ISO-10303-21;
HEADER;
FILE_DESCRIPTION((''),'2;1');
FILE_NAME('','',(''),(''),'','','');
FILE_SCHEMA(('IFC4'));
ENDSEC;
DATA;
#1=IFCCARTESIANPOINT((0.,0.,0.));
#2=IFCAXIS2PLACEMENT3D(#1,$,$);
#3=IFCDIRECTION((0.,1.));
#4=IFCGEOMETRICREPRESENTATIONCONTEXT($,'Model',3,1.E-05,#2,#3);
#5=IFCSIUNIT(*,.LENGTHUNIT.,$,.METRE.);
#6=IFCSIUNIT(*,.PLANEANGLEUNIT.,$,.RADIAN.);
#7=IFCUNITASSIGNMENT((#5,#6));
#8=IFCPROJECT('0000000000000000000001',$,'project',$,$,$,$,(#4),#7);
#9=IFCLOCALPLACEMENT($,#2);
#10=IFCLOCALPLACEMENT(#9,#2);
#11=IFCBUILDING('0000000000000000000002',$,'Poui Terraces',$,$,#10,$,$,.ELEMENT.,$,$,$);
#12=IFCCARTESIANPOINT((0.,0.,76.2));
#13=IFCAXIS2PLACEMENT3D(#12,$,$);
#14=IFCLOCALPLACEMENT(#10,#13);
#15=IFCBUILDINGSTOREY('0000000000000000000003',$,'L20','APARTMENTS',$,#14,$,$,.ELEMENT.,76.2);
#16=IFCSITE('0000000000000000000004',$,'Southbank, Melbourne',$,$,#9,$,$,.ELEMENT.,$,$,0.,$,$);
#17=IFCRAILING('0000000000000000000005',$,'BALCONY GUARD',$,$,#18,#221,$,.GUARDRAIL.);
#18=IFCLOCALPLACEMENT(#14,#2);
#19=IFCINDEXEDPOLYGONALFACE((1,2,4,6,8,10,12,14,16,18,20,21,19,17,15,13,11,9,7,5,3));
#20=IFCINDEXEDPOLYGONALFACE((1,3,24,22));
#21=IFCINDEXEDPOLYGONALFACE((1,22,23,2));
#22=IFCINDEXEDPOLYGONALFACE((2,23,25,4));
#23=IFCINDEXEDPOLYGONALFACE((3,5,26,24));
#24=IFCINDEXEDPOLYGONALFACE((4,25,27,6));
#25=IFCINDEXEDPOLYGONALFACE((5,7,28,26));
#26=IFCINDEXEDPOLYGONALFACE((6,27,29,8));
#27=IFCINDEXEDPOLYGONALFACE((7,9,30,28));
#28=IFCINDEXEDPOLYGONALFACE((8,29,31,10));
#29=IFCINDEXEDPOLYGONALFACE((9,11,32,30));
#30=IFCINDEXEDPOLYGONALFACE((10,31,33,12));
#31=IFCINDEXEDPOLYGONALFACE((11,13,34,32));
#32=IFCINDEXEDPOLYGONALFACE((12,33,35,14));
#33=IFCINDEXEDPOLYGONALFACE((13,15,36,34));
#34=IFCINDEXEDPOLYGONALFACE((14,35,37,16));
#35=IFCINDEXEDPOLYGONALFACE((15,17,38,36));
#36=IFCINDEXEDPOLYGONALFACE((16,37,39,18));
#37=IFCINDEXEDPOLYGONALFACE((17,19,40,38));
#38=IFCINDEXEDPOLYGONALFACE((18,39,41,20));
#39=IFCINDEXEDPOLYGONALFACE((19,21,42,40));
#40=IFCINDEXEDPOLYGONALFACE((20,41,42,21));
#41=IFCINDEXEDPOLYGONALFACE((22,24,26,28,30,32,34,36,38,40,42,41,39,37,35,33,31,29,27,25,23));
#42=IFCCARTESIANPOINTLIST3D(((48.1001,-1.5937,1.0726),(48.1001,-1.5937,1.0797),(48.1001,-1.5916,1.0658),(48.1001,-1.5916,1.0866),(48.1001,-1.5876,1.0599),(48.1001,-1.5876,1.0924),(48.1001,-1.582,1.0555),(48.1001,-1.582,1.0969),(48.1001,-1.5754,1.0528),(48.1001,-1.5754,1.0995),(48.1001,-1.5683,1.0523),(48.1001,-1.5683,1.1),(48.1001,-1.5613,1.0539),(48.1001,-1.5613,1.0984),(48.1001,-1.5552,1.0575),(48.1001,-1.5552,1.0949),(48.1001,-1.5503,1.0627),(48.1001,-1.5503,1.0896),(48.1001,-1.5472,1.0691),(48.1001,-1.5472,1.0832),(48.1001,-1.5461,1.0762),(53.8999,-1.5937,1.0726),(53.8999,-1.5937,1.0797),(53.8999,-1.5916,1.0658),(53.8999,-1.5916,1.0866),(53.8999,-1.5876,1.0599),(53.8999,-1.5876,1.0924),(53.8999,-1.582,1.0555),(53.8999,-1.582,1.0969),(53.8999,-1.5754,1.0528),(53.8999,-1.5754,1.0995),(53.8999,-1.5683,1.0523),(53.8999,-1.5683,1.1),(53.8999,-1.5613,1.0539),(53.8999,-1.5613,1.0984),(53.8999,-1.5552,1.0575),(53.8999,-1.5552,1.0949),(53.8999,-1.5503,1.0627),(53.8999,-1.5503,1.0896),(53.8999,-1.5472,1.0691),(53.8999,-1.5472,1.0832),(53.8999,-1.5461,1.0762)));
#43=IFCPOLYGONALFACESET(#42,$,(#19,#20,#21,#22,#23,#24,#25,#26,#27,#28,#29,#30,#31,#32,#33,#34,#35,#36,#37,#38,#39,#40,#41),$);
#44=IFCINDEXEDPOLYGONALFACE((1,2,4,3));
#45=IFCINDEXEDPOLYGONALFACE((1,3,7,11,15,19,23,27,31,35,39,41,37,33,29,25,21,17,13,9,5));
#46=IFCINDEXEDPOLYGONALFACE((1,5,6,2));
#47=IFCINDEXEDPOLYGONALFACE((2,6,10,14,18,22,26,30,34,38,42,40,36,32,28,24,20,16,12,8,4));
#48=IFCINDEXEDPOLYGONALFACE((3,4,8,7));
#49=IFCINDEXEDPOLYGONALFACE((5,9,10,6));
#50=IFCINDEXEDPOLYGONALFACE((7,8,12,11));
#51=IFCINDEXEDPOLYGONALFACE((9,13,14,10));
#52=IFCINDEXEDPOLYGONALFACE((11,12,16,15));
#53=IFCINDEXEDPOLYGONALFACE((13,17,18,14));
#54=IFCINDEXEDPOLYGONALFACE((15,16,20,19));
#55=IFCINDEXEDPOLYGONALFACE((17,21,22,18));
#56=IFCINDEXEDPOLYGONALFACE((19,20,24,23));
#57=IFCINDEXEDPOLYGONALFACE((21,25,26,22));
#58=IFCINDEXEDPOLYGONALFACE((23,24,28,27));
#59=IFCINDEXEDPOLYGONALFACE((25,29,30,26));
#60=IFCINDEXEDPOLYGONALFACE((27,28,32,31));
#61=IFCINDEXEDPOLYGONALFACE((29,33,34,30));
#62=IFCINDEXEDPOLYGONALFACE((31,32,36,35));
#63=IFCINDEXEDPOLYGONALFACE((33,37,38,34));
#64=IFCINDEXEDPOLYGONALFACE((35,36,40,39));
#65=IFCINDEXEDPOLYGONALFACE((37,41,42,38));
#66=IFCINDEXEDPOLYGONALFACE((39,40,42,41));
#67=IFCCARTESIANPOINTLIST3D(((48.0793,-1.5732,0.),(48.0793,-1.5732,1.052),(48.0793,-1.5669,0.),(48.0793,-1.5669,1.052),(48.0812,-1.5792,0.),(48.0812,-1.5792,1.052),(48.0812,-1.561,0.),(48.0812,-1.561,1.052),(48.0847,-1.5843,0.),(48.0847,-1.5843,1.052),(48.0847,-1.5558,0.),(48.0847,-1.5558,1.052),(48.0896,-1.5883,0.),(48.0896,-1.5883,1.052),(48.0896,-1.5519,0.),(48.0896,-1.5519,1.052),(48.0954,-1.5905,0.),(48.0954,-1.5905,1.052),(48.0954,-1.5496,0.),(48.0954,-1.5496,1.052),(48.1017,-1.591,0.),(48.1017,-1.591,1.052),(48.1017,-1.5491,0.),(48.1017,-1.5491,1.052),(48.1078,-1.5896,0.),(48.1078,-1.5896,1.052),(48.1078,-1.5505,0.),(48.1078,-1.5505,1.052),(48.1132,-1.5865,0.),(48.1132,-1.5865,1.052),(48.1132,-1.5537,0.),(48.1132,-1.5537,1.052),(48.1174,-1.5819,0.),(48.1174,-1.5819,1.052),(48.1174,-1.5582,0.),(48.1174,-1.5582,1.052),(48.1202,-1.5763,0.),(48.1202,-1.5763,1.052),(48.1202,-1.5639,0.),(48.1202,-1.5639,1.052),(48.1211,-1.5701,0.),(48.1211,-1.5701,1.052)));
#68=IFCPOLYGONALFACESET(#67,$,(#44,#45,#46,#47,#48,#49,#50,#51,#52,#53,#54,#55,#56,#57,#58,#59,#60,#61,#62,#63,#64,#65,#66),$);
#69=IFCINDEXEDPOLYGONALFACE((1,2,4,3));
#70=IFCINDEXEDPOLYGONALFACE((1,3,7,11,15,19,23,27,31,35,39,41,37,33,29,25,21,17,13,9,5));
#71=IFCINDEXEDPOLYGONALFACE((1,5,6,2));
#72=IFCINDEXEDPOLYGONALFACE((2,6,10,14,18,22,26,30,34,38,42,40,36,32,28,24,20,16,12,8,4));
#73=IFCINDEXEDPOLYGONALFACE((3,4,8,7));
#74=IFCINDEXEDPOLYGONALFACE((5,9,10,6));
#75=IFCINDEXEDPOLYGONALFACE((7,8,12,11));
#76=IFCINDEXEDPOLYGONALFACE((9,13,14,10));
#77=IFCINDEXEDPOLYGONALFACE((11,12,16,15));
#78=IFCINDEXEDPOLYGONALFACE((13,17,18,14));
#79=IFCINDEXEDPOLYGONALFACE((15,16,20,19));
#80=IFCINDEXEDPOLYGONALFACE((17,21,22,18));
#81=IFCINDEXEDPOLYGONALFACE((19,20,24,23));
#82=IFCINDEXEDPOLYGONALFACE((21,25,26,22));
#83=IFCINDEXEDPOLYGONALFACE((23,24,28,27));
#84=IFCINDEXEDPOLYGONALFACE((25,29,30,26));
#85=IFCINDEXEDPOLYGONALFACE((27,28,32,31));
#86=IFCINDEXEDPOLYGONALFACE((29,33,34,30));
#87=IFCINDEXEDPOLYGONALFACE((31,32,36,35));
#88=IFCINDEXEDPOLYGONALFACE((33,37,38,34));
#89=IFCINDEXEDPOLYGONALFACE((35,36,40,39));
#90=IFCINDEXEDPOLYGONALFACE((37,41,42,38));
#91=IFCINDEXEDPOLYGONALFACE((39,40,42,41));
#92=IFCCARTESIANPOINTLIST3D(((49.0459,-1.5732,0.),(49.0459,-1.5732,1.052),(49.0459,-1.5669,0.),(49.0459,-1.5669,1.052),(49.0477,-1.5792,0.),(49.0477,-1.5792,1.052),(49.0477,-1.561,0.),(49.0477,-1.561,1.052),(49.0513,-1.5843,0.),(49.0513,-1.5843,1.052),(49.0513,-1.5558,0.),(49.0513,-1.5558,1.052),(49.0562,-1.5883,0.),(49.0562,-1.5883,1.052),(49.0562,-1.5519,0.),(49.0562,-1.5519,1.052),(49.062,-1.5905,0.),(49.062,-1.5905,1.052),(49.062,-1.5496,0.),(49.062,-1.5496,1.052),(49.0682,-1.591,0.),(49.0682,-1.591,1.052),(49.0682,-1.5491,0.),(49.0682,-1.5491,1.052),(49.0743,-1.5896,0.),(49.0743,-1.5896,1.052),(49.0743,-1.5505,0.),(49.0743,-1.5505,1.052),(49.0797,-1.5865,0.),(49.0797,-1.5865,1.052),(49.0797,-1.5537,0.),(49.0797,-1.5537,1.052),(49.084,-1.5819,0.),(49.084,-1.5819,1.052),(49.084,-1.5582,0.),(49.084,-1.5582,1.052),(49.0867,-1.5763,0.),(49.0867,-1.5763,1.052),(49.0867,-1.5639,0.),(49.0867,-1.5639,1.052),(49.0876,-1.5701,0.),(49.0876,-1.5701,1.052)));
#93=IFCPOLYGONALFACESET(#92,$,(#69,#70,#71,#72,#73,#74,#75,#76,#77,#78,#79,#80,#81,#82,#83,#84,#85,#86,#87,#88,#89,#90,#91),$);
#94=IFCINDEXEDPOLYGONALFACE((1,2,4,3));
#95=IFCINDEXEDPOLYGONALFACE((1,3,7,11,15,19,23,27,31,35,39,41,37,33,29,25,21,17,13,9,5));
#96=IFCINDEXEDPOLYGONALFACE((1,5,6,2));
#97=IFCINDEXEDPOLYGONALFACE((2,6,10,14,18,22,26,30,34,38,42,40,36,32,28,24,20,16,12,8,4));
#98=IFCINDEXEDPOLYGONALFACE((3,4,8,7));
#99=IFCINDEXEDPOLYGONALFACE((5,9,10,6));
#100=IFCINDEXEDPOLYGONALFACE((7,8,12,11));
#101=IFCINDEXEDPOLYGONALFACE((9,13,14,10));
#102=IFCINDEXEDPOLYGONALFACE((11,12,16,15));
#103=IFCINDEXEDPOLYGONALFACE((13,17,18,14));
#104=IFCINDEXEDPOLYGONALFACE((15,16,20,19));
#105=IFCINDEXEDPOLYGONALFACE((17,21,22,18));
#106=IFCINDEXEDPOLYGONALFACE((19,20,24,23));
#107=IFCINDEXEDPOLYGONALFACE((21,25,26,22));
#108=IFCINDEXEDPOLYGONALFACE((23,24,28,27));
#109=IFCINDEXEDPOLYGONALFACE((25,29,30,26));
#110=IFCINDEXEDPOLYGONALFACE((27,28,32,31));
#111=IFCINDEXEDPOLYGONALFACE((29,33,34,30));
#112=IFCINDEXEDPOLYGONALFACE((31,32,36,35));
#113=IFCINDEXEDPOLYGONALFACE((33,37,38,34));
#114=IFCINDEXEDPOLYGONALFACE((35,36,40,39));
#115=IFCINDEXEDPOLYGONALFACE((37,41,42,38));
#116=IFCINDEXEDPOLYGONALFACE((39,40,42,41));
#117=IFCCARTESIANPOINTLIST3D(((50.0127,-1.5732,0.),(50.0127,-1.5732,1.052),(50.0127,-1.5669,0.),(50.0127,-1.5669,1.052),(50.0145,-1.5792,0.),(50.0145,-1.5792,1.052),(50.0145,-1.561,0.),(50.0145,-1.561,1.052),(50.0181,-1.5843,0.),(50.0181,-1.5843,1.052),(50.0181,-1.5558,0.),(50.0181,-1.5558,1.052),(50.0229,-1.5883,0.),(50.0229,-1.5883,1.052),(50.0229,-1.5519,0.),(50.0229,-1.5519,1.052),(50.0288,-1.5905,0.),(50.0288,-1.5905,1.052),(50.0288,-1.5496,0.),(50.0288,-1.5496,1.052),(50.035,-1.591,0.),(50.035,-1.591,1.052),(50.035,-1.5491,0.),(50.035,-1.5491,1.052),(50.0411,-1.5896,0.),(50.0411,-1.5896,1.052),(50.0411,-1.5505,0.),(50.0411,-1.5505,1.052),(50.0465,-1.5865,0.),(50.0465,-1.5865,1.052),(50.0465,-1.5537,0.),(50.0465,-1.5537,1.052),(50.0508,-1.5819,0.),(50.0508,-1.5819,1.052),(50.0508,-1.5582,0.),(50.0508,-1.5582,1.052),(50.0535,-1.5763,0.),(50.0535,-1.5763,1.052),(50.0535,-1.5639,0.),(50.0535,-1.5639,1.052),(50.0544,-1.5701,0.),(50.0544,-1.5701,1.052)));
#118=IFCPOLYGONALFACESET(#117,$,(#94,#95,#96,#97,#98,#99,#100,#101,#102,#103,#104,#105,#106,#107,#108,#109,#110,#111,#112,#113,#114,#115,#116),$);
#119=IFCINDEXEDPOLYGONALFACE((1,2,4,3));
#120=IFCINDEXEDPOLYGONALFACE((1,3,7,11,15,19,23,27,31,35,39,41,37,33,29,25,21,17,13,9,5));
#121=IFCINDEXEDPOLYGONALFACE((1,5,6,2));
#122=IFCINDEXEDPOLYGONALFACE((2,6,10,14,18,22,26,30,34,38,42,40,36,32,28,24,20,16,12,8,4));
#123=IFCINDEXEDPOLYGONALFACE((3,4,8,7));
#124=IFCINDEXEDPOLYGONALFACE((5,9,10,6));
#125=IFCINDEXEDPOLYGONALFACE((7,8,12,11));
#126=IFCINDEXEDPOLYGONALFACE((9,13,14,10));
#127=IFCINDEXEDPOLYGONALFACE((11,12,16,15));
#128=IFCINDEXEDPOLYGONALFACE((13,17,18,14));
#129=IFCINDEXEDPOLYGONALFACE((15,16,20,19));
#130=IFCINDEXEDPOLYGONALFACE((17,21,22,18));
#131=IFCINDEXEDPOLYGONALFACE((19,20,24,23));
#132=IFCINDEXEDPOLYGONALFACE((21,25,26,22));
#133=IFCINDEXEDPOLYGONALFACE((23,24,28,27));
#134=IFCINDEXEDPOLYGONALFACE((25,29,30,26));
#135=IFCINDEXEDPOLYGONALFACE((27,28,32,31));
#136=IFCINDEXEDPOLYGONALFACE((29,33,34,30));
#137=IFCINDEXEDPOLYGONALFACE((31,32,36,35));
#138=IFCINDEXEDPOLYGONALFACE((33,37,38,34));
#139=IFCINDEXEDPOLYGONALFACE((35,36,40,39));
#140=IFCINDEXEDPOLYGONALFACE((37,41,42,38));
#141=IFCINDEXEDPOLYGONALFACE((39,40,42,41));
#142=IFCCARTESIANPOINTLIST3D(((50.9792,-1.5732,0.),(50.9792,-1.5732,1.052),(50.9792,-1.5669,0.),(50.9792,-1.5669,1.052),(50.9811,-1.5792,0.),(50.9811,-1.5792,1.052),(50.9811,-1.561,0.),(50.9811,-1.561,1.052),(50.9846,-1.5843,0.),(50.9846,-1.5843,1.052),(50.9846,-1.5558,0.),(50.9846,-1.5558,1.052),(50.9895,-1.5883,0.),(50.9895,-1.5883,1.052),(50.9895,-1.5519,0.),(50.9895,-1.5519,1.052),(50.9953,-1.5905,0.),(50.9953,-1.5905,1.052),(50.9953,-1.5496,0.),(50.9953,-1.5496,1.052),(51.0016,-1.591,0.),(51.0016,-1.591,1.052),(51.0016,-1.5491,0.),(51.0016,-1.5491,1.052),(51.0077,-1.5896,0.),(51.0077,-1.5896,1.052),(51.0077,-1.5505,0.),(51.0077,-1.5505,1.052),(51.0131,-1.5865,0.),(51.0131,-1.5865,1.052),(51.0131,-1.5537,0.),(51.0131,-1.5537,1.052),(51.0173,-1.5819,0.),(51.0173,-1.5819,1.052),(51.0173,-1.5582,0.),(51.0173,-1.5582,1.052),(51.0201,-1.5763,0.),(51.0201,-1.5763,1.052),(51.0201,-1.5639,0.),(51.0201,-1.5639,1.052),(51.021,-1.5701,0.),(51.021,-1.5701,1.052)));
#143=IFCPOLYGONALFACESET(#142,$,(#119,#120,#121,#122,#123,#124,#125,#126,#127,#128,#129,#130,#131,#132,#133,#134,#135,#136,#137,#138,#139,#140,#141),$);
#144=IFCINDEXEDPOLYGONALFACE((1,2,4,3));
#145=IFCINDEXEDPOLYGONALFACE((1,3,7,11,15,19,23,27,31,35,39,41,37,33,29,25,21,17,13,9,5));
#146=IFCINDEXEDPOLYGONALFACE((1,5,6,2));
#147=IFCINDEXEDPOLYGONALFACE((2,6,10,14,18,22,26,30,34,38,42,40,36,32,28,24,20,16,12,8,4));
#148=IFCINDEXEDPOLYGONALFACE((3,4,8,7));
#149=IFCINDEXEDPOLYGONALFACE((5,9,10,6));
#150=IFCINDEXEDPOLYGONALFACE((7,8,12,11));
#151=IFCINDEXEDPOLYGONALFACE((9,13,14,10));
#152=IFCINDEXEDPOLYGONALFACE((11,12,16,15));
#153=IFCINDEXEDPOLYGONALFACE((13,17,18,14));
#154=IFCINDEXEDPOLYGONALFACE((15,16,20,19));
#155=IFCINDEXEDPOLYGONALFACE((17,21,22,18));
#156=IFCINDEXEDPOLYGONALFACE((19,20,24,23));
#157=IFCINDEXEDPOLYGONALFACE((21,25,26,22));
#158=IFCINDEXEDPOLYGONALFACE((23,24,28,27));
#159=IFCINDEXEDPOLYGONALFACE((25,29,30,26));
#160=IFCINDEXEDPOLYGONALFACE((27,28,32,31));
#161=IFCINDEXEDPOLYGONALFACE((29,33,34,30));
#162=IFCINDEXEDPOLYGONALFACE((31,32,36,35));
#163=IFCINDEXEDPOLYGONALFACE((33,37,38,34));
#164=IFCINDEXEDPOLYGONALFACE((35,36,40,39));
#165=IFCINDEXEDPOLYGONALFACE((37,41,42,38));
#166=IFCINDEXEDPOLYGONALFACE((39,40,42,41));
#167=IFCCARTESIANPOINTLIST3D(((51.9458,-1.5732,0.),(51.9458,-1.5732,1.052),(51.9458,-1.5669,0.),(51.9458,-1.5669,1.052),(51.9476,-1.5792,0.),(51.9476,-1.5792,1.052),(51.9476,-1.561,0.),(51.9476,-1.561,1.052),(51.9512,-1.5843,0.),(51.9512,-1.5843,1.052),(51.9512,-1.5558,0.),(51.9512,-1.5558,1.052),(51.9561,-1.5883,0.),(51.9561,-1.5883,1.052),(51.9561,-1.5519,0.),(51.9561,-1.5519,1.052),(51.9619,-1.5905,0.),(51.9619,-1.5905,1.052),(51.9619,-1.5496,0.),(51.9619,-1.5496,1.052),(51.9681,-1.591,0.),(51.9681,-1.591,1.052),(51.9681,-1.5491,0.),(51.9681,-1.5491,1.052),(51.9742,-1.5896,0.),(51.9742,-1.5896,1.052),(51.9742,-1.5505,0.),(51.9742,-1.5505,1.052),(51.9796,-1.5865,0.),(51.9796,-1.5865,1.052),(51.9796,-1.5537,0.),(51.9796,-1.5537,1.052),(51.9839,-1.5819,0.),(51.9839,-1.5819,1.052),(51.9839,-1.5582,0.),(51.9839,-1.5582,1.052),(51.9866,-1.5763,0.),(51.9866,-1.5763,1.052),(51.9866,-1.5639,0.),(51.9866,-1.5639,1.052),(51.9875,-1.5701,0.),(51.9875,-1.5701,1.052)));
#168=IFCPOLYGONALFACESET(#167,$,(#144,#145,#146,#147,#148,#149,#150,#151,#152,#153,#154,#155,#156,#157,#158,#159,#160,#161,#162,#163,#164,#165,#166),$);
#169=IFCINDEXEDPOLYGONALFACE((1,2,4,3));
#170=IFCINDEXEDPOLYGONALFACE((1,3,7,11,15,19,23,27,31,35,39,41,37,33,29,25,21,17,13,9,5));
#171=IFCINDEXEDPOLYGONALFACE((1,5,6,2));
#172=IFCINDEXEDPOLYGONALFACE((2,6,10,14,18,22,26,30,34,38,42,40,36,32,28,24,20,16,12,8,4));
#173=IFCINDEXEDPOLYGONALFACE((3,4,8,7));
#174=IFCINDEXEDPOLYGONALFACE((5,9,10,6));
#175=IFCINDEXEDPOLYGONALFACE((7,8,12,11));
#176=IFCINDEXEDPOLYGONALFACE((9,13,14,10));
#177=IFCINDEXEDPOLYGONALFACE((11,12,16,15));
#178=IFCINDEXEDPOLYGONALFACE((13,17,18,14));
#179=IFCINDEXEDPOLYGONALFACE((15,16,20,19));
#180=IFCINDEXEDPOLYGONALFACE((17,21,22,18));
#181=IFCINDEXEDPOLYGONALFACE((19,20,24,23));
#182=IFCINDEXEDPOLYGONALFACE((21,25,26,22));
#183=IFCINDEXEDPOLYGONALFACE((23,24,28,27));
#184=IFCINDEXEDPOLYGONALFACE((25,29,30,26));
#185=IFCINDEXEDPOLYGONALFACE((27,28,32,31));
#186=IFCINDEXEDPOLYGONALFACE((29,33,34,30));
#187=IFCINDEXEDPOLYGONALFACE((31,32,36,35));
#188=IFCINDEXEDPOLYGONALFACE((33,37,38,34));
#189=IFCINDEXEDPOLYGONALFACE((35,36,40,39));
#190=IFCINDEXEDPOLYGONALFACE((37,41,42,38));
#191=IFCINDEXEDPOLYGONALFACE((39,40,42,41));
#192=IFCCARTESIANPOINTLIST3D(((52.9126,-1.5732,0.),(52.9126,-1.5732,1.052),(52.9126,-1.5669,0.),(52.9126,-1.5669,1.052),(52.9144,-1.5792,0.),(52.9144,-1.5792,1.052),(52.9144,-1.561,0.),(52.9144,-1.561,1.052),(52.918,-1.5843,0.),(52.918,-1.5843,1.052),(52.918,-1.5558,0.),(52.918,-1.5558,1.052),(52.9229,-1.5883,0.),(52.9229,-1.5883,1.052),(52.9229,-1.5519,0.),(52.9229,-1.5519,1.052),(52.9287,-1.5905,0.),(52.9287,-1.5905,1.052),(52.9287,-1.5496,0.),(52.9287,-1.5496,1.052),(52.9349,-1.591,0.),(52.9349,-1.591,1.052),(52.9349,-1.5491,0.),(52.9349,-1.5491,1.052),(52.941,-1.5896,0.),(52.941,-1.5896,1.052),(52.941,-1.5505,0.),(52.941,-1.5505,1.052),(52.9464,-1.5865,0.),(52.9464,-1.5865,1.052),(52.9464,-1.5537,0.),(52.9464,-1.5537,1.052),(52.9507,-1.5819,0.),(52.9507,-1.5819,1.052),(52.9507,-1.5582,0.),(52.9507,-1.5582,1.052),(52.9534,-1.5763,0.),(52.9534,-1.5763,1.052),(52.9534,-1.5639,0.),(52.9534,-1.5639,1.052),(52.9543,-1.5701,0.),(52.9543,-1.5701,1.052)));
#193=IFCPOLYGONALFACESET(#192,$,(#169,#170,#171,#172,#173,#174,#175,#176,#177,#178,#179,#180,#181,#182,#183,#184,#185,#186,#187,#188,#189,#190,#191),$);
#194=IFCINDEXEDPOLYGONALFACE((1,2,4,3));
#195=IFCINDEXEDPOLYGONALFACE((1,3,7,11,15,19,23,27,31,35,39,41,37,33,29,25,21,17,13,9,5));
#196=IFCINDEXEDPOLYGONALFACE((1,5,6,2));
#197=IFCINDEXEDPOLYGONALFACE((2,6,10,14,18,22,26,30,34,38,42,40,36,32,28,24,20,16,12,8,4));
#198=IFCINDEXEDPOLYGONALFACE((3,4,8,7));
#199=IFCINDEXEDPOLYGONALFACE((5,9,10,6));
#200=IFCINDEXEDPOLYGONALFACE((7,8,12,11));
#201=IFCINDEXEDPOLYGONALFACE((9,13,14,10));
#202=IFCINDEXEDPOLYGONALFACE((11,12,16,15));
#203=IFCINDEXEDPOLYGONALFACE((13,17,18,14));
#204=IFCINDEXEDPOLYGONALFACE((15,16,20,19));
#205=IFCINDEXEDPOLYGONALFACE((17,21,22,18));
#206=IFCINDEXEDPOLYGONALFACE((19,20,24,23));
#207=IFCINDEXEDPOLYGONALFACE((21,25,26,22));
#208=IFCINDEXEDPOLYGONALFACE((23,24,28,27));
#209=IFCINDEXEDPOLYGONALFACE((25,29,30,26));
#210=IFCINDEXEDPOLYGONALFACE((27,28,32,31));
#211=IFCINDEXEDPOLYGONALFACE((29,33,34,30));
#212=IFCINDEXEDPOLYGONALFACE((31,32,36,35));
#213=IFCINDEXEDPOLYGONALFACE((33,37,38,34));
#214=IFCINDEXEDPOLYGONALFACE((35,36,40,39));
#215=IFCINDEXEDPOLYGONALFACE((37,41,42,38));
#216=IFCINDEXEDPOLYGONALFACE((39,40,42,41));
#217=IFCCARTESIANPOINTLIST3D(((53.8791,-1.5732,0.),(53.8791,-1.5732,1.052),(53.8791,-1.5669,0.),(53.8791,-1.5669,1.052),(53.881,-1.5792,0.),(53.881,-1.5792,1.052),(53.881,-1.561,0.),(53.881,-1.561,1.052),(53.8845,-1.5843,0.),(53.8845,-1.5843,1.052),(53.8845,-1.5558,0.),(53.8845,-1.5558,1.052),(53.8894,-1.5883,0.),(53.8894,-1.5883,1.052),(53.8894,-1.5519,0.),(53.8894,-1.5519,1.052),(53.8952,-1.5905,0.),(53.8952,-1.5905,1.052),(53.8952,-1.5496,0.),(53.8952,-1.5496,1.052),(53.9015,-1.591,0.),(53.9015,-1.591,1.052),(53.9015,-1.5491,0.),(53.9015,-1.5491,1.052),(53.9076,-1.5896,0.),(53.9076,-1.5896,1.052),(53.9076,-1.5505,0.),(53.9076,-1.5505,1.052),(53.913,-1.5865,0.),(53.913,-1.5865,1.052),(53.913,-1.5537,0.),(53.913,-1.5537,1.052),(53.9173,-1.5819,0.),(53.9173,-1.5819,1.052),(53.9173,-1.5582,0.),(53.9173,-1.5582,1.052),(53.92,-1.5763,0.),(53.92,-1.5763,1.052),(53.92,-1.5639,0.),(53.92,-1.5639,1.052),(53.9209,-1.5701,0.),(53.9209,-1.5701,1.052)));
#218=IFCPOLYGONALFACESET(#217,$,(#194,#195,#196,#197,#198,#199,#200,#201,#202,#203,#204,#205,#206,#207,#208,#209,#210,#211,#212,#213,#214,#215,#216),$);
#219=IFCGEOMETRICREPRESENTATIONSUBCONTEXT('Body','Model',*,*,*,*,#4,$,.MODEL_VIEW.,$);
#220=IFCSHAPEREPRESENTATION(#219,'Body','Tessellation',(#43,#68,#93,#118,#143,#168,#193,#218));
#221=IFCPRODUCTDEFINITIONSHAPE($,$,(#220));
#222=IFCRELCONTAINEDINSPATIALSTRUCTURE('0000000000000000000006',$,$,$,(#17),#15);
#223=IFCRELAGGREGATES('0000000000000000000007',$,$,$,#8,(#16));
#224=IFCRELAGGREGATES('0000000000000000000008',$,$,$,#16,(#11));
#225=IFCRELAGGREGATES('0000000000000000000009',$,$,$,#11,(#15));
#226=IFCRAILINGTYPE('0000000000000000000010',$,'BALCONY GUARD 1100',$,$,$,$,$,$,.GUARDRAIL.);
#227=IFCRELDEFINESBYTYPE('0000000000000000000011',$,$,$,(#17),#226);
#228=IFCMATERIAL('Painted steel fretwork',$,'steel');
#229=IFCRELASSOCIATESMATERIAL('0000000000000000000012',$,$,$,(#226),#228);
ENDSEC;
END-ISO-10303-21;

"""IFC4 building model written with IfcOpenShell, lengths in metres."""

from ifc_helpers import new_model, si_unit, direction, frame, origin, origin_2d, place, context, subcontext, project, spatial, circle, extrude, material, type_object, element, save


model = new_model("IFC4")

# Units and contexts
model_context = context("Model", 3, precision=1e-05, world=origin(), true_north=direction((0.0, 1.0)))
body_context = subcontext(model_context, "Body", "Model", "MODEL_VIEW")
ifc_project = project(units=[si_unit("LENGTHUNIT", "METRE"), si_unit("PLANEANGLEUNIT", "RADIAN")], contexts=[model_context])

# Site, building, storey
site_placement = place(None, origin())
site = spatial("IfcSite", under=ifc_project, at=site_placement, Name="Southbank, Melbourne", CompositionType="ELEMENT", RefElevation=0.0)
building_placement = place(site_placement, origin())
building = spatial("IfcBuilding", under=site, at=building_placement, Name="Poui Terraces", CompositionType="ELEMENT")
storey_placement = place(building_placement, frame((0.0, 0.0, 76.2)))
storey = spatial("IfcBuildingStorey", under=building, at=storey_placement, Name="L20", Description="APARTMENTS", CompositionType="ELEMENT", Elevation=76.2)

# Railing
ifc_material_1 = material(Name="Painted steel fretwork", Category="steel")
railing_type = type_object("IfcRailingType", Name="BALCONY GUARD 1100", PredefinedType="GUARDRAIL", material=ifc_material_1)
railing_placement = place(storey_placement, frame((48.1001, -1.5701, 0.0)))
element("IfcRailing", 1, at=railing_placement, inside=storey, type_object=railing_type, Name="BALCONY GUARD", PredefinedType="GUARDRAIL", context=body_context, shape_type="SweptSolid", body=[
    extrude(circle(Radius=0.0239, at=origin_2d()), frame((0.0, 0.0, 1.0762), z_axis=(1.0, 0.0, 0.0), x_axis=(0.0, 1.0, 0.0)), (0.0, 0.0, 1.0), 5.7998),
    extrude(circle(Radius=0.021, at=origin_2d()), origin(), (0.0, 0.0, 1.0), 1.052),
    extrude(circle(Radius=0.021, at=origin_2d()), frame((0.9666, 0.0, 0.0)), (0.0, 0.0, 1.0), 1.052),
    extrude(circle(Radius=0.021, at=origin_2d()), frame((1.9333, 0.0, 0.0)), (0.0, 0.0, 1.0), 1.052),
    extrude(circle(Radius=0.021, at=origin_2d()), frame((2.8999, 0.0, 0.0)), (0.0, 0.0, 1.0), 1.052),
    extrude(circle(Radius=0.021, at=origin_2d()), frame((3.8665, 0.0, 0.0)), (0.0, 0.0, 1.0), 1.052),
    extrude(circle(Radius=0.021, at=origin_2d()), frame((4.8333, 0.0, 0.0)), (0.0, 0.0, 1.0), 1.052),
    extrude(circle(Radius=0.021, at=origin_2d()), frame((5.7998, 0.0, 0.0)), (0.0, 0.0, 1.0), 1.052),
])

save(model, "model.ifc")
